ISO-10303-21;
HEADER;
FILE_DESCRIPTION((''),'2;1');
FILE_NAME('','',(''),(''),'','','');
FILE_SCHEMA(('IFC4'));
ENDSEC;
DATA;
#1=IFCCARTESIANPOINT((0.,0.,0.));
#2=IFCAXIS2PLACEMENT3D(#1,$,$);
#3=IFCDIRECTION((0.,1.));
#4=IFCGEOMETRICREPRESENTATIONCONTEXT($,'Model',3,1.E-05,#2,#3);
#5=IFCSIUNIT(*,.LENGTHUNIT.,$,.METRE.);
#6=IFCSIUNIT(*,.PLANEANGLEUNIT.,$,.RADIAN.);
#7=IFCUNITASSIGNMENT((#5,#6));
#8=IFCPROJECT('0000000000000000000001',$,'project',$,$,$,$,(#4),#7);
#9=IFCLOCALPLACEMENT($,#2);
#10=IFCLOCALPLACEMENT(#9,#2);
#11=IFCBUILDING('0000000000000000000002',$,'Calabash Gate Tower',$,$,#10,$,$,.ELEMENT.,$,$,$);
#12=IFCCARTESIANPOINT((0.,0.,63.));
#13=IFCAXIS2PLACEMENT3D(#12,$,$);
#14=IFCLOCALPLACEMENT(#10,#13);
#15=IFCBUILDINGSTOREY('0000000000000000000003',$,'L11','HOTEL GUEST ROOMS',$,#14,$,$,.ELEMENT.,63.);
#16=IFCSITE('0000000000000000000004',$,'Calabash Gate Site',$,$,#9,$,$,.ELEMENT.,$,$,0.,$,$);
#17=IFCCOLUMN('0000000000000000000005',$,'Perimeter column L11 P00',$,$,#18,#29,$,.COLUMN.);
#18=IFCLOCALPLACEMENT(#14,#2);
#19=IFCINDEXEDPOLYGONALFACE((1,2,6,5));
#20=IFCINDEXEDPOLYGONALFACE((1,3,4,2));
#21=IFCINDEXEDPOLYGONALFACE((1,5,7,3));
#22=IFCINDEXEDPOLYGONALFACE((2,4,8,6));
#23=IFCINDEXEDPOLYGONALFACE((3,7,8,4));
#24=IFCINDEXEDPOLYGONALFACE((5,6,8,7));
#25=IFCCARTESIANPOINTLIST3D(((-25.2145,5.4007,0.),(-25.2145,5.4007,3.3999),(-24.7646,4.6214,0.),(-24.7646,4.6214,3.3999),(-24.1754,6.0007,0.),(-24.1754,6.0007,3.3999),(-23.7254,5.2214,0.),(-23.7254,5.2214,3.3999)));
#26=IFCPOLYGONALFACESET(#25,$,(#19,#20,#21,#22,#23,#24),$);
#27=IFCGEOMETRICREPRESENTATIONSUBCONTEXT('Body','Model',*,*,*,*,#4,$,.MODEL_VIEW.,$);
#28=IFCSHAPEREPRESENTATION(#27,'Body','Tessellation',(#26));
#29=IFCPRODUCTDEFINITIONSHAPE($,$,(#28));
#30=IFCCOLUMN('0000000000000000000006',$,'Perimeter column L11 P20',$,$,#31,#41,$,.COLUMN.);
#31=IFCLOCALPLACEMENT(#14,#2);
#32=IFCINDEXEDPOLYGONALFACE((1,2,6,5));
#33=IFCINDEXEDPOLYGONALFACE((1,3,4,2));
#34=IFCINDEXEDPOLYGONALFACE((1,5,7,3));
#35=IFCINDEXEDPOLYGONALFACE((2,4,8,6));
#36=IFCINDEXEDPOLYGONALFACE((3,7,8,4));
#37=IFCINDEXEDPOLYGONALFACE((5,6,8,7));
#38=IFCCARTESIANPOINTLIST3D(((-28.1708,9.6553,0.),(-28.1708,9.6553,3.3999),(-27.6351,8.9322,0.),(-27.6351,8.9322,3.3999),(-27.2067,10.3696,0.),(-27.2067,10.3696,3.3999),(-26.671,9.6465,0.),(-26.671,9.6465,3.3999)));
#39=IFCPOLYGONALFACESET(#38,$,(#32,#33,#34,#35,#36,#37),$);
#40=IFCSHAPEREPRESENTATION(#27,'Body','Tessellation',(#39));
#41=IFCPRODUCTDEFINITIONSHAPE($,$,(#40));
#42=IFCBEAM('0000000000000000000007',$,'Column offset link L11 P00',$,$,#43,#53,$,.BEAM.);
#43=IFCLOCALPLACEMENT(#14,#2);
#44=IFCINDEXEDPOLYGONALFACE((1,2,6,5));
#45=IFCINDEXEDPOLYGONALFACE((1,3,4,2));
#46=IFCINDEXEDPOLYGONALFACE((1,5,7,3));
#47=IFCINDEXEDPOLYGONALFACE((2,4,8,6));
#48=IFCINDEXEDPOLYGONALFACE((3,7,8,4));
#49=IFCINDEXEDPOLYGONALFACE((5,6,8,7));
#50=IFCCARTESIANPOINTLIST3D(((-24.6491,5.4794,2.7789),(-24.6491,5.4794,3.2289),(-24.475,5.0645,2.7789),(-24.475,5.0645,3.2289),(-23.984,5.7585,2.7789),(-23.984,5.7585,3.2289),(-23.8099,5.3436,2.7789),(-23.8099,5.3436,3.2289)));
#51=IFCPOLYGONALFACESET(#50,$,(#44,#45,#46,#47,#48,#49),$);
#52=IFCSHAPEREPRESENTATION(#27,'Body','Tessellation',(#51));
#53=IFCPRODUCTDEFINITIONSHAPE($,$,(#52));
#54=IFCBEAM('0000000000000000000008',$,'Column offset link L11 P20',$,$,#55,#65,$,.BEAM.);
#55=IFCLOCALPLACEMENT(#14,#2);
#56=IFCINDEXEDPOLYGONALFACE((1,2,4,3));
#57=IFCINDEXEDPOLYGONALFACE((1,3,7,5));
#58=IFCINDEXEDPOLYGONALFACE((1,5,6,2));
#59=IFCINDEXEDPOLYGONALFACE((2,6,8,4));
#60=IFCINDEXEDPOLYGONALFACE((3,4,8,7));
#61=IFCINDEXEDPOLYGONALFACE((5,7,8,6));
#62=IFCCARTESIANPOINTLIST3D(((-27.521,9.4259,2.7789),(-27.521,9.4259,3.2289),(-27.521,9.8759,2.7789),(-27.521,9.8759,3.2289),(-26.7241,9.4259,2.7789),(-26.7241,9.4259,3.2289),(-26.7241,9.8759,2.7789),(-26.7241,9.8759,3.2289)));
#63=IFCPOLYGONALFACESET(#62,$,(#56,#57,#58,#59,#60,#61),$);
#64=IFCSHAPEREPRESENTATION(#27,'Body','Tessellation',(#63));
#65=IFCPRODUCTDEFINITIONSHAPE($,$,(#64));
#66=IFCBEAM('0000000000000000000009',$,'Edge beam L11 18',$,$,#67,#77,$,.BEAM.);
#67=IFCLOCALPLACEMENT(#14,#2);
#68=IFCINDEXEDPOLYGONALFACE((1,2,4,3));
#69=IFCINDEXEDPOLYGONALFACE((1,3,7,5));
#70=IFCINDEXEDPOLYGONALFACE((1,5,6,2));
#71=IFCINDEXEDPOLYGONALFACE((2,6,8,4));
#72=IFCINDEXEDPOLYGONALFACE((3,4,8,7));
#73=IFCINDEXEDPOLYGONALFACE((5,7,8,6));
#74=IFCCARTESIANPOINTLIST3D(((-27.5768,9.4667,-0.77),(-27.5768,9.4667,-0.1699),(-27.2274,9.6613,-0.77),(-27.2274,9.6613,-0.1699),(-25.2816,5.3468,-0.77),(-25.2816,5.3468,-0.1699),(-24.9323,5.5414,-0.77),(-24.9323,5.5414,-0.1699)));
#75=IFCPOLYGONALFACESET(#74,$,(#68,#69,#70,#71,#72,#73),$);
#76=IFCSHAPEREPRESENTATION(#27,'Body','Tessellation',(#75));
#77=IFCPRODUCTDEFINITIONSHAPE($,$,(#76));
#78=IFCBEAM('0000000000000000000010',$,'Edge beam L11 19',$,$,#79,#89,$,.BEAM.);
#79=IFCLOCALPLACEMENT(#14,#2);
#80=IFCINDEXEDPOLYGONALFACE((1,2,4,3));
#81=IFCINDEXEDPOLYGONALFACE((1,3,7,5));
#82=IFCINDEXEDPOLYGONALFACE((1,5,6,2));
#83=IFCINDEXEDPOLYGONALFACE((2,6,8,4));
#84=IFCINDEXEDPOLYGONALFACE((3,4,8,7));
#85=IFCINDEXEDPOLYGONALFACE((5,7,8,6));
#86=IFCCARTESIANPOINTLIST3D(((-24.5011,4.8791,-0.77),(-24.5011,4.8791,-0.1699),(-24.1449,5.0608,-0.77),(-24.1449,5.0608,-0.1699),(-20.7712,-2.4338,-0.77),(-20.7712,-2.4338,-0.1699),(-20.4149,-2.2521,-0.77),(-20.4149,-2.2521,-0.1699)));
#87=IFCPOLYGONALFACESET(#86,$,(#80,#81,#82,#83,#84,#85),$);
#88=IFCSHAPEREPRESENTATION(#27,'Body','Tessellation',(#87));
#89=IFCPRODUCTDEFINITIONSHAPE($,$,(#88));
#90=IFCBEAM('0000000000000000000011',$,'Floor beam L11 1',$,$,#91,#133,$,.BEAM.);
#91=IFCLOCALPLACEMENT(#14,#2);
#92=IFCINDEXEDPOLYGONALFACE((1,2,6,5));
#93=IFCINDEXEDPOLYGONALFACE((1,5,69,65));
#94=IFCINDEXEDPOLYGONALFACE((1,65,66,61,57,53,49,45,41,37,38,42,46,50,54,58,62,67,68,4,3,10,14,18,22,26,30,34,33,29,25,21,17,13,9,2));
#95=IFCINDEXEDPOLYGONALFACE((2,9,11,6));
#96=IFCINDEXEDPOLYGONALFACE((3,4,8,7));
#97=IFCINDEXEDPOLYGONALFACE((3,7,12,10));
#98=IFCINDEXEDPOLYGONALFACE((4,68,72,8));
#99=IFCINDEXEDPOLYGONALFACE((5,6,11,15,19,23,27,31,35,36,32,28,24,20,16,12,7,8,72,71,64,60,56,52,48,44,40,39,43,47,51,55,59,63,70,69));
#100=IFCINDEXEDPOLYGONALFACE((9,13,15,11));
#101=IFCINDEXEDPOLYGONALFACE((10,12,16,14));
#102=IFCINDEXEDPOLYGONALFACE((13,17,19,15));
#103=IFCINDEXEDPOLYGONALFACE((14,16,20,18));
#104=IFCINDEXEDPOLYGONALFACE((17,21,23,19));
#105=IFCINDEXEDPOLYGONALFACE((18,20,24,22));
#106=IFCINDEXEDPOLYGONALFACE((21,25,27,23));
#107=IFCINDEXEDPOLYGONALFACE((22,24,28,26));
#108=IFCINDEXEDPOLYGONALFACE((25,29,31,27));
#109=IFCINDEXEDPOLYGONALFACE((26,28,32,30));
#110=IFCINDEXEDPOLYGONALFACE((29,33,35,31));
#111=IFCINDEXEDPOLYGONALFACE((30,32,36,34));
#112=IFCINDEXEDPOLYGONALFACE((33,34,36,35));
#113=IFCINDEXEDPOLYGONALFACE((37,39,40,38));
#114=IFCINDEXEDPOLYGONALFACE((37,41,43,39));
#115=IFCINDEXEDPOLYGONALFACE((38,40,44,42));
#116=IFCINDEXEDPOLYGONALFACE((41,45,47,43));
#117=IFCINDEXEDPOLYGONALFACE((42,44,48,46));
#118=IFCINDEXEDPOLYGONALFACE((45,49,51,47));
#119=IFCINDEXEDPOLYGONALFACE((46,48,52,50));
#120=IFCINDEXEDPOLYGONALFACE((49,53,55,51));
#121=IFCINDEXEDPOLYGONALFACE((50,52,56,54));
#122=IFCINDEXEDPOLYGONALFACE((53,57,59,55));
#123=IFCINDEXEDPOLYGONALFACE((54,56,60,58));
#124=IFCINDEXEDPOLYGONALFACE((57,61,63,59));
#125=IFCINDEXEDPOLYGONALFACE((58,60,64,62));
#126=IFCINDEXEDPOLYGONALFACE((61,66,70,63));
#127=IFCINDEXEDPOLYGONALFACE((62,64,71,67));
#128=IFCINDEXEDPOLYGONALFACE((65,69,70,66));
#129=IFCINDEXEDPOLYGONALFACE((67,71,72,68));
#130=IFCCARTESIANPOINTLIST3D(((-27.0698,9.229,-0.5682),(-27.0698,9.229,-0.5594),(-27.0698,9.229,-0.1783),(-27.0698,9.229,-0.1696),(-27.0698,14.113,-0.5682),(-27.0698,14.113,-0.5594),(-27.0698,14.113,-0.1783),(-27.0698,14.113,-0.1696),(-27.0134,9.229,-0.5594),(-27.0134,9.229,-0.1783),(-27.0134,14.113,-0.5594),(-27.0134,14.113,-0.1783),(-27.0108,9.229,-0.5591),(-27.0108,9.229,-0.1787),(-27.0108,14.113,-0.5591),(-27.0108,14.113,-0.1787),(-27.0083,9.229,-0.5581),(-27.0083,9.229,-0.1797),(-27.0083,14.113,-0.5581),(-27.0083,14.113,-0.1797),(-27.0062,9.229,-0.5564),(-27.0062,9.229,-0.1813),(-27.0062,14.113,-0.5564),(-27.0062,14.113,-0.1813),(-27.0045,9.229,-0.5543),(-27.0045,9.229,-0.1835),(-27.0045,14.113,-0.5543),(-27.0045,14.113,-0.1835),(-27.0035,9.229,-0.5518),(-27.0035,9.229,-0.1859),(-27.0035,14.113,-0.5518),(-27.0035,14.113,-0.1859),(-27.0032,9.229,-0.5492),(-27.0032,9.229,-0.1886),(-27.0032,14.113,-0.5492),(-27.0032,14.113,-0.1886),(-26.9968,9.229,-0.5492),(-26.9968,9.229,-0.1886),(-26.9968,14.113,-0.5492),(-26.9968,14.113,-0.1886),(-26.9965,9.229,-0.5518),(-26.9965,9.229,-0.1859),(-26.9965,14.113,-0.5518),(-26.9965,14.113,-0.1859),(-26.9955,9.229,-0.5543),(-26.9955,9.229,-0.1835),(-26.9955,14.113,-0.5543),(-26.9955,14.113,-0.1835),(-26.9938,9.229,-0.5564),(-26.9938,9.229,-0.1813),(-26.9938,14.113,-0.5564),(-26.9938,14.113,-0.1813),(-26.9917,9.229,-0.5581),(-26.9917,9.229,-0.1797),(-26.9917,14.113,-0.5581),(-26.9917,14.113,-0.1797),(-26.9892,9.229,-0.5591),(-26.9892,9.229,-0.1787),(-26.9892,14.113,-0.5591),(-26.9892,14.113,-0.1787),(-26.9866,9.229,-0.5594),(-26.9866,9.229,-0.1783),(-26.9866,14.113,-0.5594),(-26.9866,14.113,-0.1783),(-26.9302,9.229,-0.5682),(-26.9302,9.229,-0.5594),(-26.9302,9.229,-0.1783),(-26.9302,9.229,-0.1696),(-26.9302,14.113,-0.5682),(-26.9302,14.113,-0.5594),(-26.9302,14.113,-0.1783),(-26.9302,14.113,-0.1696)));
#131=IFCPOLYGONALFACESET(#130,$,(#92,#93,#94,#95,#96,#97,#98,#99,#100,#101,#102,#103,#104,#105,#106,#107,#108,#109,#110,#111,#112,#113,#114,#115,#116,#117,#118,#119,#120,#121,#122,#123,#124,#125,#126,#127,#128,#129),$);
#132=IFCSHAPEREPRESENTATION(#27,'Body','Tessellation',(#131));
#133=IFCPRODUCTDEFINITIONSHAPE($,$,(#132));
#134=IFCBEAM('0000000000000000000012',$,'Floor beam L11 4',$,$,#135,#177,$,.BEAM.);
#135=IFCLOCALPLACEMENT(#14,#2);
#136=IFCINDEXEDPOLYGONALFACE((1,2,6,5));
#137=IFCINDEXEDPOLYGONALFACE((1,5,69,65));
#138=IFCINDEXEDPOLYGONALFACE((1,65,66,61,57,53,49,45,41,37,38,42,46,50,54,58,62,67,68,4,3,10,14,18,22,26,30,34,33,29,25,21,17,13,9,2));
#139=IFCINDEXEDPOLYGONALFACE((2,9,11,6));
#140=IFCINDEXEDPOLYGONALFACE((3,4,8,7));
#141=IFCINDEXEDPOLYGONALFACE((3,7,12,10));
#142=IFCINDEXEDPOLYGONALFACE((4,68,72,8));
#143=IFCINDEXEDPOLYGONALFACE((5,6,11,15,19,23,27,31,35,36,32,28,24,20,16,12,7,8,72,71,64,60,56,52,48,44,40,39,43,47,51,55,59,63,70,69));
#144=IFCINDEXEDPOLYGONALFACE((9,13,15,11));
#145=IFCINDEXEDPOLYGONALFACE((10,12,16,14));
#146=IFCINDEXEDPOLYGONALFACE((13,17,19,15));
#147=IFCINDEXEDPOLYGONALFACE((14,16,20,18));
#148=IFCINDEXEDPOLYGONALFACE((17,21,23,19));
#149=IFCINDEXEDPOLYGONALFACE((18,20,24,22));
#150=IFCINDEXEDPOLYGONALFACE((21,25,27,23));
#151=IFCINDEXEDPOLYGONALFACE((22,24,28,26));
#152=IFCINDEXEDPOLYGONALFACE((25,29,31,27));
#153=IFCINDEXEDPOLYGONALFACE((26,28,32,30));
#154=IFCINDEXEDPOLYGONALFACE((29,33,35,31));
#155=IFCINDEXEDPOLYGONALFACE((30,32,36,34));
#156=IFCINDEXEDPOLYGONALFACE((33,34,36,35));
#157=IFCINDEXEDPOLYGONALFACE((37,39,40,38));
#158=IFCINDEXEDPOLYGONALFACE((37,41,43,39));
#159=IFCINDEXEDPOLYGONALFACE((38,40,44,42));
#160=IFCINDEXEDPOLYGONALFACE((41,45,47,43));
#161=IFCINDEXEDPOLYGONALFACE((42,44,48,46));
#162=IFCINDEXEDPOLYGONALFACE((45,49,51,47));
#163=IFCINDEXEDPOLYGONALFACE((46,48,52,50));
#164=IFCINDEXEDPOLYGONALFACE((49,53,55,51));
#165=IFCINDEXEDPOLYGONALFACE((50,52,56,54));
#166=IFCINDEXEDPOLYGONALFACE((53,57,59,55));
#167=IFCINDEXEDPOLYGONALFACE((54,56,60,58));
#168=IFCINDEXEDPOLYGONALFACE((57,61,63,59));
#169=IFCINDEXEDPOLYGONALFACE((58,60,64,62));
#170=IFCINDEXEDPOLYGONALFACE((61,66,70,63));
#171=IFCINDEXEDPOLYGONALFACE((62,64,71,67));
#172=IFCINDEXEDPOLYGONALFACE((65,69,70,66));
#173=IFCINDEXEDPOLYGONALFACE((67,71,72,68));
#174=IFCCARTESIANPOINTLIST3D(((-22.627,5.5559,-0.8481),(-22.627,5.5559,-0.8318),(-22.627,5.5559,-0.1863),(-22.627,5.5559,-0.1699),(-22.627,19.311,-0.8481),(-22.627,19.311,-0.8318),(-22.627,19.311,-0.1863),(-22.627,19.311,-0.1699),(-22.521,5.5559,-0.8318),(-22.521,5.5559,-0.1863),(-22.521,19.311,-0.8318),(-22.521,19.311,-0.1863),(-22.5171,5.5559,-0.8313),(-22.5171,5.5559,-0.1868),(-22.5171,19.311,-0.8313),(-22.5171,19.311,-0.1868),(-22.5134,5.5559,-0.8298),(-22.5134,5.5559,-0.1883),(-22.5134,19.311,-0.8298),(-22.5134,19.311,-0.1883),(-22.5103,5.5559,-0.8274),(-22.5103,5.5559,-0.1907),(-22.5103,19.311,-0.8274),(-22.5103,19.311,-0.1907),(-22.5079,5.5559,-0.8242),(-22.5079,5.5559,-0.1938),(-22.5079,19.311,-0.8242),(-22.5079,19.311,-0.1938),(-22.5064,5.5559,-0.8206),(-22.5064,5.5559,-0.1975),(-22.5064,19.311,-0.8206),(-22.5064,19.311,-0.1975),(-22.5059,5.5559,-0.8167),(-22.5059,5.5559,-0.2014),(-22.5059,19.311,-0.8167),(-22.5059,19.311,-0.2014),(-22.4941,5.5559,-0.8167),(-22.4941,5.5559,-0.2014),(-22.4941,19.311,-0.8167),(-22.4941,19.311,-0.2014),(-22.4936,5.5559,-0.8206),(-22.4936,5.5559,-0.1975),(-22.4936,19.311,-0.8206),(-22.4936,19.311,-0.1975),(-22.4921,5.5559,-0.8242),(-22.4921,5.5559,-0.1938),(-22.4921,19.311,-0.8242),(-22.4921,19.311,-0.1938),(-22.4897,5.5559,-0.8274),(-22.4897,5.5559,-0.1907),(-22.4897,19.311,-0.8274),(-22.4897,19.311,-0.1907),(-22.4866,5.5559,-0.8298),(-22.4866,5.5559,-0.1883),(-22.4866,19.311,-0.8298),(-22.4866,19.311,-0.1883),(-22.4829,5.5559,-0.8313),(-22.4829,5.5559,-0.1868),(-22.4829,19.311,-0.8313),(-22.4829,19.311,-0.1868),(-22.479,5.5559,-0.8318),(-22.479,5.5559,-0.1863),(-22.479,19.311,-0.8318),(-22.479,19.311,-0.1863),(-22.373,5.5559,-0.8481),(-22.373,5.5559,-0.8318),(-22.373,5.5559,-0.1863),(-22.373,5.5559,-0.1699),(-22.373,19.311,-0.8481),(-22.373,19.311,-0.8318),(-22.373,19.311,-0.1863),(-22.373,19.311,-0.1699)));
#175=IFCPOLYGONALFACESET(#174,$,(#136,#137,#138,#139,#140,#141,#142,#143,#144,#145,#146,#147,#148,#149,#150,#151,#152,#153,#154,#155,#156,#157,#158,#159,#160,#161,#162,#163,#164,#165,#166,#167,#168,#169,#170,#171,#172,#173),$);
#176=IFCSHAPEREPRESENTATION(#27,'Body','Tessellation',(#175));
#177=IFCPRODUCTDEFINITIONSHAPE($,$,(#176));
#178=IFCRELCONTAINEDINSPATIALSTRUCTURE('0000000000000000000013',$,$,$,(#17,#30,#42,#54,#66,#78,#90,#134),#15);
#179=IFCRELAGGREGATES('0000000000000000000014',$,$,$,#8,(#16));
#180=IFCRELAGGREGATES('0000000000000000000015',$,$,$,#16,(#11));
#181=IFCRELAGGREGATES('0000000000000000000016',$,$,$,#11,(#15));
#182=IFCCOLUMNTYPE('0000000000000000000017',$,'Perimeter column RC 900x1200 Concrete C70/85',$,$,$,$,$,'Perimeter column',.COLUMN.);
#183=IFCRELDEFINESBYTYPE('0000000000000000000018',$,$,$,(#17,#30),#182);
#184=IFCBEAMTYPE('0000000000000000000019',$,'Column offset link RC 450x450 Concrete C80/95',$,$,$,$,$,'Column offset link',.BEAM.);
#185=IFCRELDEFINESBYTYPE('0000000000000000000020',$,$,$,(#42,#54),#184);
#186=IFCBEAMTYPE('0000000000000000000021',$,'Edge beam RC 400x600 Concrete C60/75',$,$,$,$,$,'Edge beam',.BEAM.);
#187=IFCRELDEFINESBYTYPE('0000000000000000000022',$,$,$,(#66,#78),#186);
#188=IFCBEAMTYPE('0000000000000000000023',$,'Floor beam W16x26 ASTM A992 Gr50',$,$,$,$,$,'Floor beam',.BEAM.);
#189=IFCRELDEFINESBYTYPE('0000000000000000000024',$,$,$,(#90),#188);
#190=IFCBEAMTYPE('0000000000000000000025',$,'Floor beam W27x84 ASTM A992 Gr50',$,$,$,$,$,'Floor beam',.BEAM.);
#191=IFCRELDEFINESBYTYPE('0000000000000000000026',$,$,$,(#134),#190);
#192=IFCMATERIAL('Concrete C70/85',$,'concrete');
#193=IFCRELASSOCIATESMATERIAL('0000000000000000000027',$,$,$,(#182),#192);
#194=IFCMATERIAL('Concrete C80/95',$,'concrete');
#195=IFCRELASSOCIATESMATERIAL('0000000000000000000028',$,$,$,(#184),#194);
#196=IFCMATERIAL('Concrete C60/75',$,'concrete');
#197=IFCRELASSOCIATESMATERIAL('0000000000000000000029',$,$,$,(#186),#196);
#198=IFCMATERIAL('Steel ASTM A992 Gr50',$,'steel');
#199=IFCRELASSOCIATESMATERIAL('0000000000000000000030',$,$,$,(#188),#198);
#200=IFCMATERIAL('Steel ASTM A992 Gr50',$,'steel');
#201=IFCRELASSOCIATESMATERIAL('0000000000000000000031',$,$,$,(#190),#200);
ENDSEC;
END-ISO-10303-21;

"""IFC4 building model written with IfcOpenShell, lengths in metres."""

from ifc_helpers import new_model, si_unit, direction, frame, origin, origin_2d, place, context, subcontext, project, spatial, rectangle, i_section, extrude, material, material_profile, profile_set, type_object, element, save


model = new_model("IFC4")

# Units and contexts
model_context = context("Model", 3, precision=1e-05, world=origin(), true_north=direction((0.0, 1.0)))
body_context = subcontext(model_context, "Body", "Model", "MODEL_VIEW")
ifc_project = project(units=[si_unit("LENGTHUNIT", "METRE"), si_unit("PLANEANGLEUNIT", "RADIAN")], contexts=[model_context])

# Site, building, storey
site_placement = place(None, origin())
site = spatial("IfcSite", under=ifc_project, at=site_placement, Name="Calabash Gate Site", CompositionType="ELEMENT", RefElevation=0.0)
building_placement = place(site_placement, origin())
building = spatial("IfcBuilding", under=site, at=building_placement, Name="Calabash Gate Tower", CompositionType="ELEMENT")
storey_placement = place(building_placement, frame((0.0, 0.0, 63.0)))
storey = spatial("IfcBuildingStorey", under=building, at=storey_placement, Name="L11", Description="HOTEL GUEST ROOMS", CompositionType="ELEMENT", Elevation=63.0)

# Columns
ifc_material_1 = material(Name="Concrete C70/85", Category="concrete")
ifc_material_profile_1 = material_profile(ifc_material_1, rectangle(XDim=0.8999, YDim=1.2, at=origin_2d()))
ifc_profile_set_1 = profile_set([ifc_material_profile_1], Name="Concrete C70/85")
column_type = type_object("IfcColumnType", Name="Perimeter column RC 900x1200 Concrete C70/85", ElementType="Perimeter column", PredefinedType="COLUMN", material=ifc_profile_set_1)
for number, where, z_axis, x_axis, name in (
    (1, (-24.47, 5.311, 0.0), (0.0, 0.0, 1.0), (0.5, -0.866025, 0.0), "Perimeter column L11 P00"),
    (2, (-27.4209, 9.6509, 0.0), (0.0, 0.0, 1.0), (0.595287, -0.803513, 0.0), "Perimeter column L11 P20"),
):
    element("IfcColumn", number, at=place(storey_placement, frame(where, z_axis=z_axis, x_axis=x_axis)), inside=storey, type_object=column_type, Name=name, PredefinedType="COLUMN", context=body_context, shape_type="SweptSolid", body=[
        extrude(rectangle(XDim=0.8999, YDim=1.2, at=origin_2d()), origin(), (0.0, 0.0, 1.0), 3.3999),
    ])

# Beams
ifc_material_2 = material(Name="Concrete C80/95", Category="concrete")
ifc_material_profile_2 = material_profile(ifc_material_2, rectangle(XDim=0.45, YDim=0.45, at=origin_2d()))
ifc_profile_set_2 = profile_set([ifc_material_profile_2], Name="Concrete C80/95")
beam_type_1 = type_object("IfcBeamType", Name="Column offset link RC 450x450 Concrete C80/95", ElementType="Column offset link", PredefinedType="BEAM", material=ifc_profile_set_2)
beam_1_placement = place(storey_placement, frame((-24.562, 5.272, 3.0039), z_axis=(0.922113, 0.386922, 0.0), x_axis=(-0.386922, 0.922113, 0.0)))
element("IfcBeam", 3, at=beam_1_placement, inside=storey, type_object=beam_type_1, Name="Column offset link L11 P00", PredefinedType="BEAM", context=body_context, shape_type="SweptSolid", body=[
    extrude(rectangle(XDim=0.45, YDim=0.45, at=origin_2d()), origin(), (0.0, 0.0, 1.0), 0.7212),
])
beam_2_placement = place(storey_placement, frame((-27.521, 9.6509, 3.0039), z_axis=(1.0, 0.0, 0.0), x_axis=(0.0, 1.0, 0.0)))
element("IfcBeam", 4, at=beam_2_placement, inside=storey, type_object=beam_type_1, Name="Column offset link L11 P20", PredefinedType="BEAM", context=body_context, shape_type="SweptSolid", body=[
    extrude(rectangle(XDim=0.45, YDim=0.45, at=origin_2d()), origin(), (0.0, 0.0, 1.0), 0.7969),
])
ifc_material_3 = material(Name="Concrete C60/75", Category="concrete")
ifc_material_profile_3 = material_profile(ifc_material_3, rectangle(XDim=0.3999, YDim=0.6001, at=origin_2d()))
ifc_profile_set_3 = profile_set([ifc_material_profile_3], Name="Concrete C60/75")
beam_type_2 = type_object("IfcBeamType", Name="Edge beam RC 400x600 Concrete C60/75", ElementType="Edge beam", PredefinedType="BEAM", material=ifc_profile_set_3)
beam_3_placement = place(storey_placement, frame((-27.4021, 9.564, -0.47), z_axis=(0.486671, -0.873585, 0.0), x_axis=(0.873585, 0.486671, 0.0)))
element("IfcBeam", 5, at=beam_3_placement, inside=storey, type_object=beam_type_2, Name="Edge beam L11 18", PredefinedType="BEAM", context=body_context, shape_type="SweptSolid", body=[
    extrude(rectangle(XDim=0.3999, YDim=0.6001, at=origin_2d()), origin(), (0.0, 0.0, 1.0), 4.7161),
])
beam_4_placement = place(storey_placement, frame((-24.323, 4.97, -0.47), z_axis=(0.454361, -0.890818, 0.0), x_axis=(0.890818, 0.454361, 0.0)))
element("IfcBeam", 6, at=beam_4_placement, inside=storey, type_object=beam_type_2, Name="Edge beam L11 19", PredefinedType="BEAM", context=body_context, shape_type="SweptSolid", body=[
    extrude(rectangle(XDim=0.3999, YDim=0.6001, at=origin_2d()), origin(), (0.0, 0.0, 1.0), 8.2092),
])
ifc_material_4 = material(Name="Steel ASTM A992 Gr50", Category="steel")
ifc_material_profile_4 = material_profile(ifc_material_4, i_section(OverallWidth=0.1396, OverallDepth=0.3987, WebThickness=0.0063, FlangeThickness=0.0088, FilletRadius=0.0103, at=origin_2d()))
ifc_profile_set_4 = profile_set([ifc_material_profile_4], Name="Steel ASTM A992 Gr50")
beam_type_3 = type_object("IfcBeamType", Name="Floor beam W16x26 ASTM A992 Gr50", ElementType="Floor beam", PredefinedType="BEAM", material=ifc_profile_set_4)
beam_5_placement = place(storey_placement, frame((-27.0, 9.229, -0.3689), z_axis=(0.0, 1.0, 0.0), x_axis=(-1.0, 0.0, 0.0)))
element("IfcBeam", 7, at=beam_5_placement, inside=storey, type_object=beam_type_3, Name="Floor beam L11 1", PredefinedType="BEAM", context=body_context, shape_type="SweptSolid", body=[
    extrude(i_section(OverallWidth=0.1396, OverallDepth=0.3987, WebThickness=0.0063, FlangeThickness=0.0088, FilletRadius=0.0103, at=origin_2d()), origin(), (0.0, 0.0, 1.0), 4.884),
])
ifc_material_5 = material(Name="Steel ASTM A992 Gr50", Category="steel")
ifc_material_profile_5 = material_profile(ifc_material_5, i_section(OverallWidth=0.2539, OverallDepth=0.6782, WebThickness=0.0117, FlangeThickness=0.0164, FilletRadius=0.0151, at=origin_2d()))
ifc_profile_set_5 = profile_set([ifc_material_profile_5], Name="Steel ASTM A992 Gr50")
beam_type_4 = type_object("IfcBeamType", Name="Floor beam W27x84 ASTM A992 Gr50", ElementType="Floor beam", PredefinedType="BEAM", material=ifc_profile_set_5)
beam_6_placement = place(storey_placement, frame((-22.5, 5.5559, -0.509), z_axis=(0.0, 1.0, 0.0), x_axis=(-1.0, 0.0, 0.0)))
element("IfcBeam", 8, at=beam_6_placement, inside=storey, type_object=beam_type_4, Name="Floor beam L11 4", PredefinedType="BEAM", context=body_context, shape_type="SweptSolid", body=[
    extrude(i_section(OverallWidth=0.2539, OverallDepth=0.6782, WebThickness=0.0117, FlangeThickness=0.0164, FilletRadius=0.0151, at=origin_2d()), origin(), (0.0, 0.0, 1.0), 13.7551),
])

save(model, "model.ifc")
